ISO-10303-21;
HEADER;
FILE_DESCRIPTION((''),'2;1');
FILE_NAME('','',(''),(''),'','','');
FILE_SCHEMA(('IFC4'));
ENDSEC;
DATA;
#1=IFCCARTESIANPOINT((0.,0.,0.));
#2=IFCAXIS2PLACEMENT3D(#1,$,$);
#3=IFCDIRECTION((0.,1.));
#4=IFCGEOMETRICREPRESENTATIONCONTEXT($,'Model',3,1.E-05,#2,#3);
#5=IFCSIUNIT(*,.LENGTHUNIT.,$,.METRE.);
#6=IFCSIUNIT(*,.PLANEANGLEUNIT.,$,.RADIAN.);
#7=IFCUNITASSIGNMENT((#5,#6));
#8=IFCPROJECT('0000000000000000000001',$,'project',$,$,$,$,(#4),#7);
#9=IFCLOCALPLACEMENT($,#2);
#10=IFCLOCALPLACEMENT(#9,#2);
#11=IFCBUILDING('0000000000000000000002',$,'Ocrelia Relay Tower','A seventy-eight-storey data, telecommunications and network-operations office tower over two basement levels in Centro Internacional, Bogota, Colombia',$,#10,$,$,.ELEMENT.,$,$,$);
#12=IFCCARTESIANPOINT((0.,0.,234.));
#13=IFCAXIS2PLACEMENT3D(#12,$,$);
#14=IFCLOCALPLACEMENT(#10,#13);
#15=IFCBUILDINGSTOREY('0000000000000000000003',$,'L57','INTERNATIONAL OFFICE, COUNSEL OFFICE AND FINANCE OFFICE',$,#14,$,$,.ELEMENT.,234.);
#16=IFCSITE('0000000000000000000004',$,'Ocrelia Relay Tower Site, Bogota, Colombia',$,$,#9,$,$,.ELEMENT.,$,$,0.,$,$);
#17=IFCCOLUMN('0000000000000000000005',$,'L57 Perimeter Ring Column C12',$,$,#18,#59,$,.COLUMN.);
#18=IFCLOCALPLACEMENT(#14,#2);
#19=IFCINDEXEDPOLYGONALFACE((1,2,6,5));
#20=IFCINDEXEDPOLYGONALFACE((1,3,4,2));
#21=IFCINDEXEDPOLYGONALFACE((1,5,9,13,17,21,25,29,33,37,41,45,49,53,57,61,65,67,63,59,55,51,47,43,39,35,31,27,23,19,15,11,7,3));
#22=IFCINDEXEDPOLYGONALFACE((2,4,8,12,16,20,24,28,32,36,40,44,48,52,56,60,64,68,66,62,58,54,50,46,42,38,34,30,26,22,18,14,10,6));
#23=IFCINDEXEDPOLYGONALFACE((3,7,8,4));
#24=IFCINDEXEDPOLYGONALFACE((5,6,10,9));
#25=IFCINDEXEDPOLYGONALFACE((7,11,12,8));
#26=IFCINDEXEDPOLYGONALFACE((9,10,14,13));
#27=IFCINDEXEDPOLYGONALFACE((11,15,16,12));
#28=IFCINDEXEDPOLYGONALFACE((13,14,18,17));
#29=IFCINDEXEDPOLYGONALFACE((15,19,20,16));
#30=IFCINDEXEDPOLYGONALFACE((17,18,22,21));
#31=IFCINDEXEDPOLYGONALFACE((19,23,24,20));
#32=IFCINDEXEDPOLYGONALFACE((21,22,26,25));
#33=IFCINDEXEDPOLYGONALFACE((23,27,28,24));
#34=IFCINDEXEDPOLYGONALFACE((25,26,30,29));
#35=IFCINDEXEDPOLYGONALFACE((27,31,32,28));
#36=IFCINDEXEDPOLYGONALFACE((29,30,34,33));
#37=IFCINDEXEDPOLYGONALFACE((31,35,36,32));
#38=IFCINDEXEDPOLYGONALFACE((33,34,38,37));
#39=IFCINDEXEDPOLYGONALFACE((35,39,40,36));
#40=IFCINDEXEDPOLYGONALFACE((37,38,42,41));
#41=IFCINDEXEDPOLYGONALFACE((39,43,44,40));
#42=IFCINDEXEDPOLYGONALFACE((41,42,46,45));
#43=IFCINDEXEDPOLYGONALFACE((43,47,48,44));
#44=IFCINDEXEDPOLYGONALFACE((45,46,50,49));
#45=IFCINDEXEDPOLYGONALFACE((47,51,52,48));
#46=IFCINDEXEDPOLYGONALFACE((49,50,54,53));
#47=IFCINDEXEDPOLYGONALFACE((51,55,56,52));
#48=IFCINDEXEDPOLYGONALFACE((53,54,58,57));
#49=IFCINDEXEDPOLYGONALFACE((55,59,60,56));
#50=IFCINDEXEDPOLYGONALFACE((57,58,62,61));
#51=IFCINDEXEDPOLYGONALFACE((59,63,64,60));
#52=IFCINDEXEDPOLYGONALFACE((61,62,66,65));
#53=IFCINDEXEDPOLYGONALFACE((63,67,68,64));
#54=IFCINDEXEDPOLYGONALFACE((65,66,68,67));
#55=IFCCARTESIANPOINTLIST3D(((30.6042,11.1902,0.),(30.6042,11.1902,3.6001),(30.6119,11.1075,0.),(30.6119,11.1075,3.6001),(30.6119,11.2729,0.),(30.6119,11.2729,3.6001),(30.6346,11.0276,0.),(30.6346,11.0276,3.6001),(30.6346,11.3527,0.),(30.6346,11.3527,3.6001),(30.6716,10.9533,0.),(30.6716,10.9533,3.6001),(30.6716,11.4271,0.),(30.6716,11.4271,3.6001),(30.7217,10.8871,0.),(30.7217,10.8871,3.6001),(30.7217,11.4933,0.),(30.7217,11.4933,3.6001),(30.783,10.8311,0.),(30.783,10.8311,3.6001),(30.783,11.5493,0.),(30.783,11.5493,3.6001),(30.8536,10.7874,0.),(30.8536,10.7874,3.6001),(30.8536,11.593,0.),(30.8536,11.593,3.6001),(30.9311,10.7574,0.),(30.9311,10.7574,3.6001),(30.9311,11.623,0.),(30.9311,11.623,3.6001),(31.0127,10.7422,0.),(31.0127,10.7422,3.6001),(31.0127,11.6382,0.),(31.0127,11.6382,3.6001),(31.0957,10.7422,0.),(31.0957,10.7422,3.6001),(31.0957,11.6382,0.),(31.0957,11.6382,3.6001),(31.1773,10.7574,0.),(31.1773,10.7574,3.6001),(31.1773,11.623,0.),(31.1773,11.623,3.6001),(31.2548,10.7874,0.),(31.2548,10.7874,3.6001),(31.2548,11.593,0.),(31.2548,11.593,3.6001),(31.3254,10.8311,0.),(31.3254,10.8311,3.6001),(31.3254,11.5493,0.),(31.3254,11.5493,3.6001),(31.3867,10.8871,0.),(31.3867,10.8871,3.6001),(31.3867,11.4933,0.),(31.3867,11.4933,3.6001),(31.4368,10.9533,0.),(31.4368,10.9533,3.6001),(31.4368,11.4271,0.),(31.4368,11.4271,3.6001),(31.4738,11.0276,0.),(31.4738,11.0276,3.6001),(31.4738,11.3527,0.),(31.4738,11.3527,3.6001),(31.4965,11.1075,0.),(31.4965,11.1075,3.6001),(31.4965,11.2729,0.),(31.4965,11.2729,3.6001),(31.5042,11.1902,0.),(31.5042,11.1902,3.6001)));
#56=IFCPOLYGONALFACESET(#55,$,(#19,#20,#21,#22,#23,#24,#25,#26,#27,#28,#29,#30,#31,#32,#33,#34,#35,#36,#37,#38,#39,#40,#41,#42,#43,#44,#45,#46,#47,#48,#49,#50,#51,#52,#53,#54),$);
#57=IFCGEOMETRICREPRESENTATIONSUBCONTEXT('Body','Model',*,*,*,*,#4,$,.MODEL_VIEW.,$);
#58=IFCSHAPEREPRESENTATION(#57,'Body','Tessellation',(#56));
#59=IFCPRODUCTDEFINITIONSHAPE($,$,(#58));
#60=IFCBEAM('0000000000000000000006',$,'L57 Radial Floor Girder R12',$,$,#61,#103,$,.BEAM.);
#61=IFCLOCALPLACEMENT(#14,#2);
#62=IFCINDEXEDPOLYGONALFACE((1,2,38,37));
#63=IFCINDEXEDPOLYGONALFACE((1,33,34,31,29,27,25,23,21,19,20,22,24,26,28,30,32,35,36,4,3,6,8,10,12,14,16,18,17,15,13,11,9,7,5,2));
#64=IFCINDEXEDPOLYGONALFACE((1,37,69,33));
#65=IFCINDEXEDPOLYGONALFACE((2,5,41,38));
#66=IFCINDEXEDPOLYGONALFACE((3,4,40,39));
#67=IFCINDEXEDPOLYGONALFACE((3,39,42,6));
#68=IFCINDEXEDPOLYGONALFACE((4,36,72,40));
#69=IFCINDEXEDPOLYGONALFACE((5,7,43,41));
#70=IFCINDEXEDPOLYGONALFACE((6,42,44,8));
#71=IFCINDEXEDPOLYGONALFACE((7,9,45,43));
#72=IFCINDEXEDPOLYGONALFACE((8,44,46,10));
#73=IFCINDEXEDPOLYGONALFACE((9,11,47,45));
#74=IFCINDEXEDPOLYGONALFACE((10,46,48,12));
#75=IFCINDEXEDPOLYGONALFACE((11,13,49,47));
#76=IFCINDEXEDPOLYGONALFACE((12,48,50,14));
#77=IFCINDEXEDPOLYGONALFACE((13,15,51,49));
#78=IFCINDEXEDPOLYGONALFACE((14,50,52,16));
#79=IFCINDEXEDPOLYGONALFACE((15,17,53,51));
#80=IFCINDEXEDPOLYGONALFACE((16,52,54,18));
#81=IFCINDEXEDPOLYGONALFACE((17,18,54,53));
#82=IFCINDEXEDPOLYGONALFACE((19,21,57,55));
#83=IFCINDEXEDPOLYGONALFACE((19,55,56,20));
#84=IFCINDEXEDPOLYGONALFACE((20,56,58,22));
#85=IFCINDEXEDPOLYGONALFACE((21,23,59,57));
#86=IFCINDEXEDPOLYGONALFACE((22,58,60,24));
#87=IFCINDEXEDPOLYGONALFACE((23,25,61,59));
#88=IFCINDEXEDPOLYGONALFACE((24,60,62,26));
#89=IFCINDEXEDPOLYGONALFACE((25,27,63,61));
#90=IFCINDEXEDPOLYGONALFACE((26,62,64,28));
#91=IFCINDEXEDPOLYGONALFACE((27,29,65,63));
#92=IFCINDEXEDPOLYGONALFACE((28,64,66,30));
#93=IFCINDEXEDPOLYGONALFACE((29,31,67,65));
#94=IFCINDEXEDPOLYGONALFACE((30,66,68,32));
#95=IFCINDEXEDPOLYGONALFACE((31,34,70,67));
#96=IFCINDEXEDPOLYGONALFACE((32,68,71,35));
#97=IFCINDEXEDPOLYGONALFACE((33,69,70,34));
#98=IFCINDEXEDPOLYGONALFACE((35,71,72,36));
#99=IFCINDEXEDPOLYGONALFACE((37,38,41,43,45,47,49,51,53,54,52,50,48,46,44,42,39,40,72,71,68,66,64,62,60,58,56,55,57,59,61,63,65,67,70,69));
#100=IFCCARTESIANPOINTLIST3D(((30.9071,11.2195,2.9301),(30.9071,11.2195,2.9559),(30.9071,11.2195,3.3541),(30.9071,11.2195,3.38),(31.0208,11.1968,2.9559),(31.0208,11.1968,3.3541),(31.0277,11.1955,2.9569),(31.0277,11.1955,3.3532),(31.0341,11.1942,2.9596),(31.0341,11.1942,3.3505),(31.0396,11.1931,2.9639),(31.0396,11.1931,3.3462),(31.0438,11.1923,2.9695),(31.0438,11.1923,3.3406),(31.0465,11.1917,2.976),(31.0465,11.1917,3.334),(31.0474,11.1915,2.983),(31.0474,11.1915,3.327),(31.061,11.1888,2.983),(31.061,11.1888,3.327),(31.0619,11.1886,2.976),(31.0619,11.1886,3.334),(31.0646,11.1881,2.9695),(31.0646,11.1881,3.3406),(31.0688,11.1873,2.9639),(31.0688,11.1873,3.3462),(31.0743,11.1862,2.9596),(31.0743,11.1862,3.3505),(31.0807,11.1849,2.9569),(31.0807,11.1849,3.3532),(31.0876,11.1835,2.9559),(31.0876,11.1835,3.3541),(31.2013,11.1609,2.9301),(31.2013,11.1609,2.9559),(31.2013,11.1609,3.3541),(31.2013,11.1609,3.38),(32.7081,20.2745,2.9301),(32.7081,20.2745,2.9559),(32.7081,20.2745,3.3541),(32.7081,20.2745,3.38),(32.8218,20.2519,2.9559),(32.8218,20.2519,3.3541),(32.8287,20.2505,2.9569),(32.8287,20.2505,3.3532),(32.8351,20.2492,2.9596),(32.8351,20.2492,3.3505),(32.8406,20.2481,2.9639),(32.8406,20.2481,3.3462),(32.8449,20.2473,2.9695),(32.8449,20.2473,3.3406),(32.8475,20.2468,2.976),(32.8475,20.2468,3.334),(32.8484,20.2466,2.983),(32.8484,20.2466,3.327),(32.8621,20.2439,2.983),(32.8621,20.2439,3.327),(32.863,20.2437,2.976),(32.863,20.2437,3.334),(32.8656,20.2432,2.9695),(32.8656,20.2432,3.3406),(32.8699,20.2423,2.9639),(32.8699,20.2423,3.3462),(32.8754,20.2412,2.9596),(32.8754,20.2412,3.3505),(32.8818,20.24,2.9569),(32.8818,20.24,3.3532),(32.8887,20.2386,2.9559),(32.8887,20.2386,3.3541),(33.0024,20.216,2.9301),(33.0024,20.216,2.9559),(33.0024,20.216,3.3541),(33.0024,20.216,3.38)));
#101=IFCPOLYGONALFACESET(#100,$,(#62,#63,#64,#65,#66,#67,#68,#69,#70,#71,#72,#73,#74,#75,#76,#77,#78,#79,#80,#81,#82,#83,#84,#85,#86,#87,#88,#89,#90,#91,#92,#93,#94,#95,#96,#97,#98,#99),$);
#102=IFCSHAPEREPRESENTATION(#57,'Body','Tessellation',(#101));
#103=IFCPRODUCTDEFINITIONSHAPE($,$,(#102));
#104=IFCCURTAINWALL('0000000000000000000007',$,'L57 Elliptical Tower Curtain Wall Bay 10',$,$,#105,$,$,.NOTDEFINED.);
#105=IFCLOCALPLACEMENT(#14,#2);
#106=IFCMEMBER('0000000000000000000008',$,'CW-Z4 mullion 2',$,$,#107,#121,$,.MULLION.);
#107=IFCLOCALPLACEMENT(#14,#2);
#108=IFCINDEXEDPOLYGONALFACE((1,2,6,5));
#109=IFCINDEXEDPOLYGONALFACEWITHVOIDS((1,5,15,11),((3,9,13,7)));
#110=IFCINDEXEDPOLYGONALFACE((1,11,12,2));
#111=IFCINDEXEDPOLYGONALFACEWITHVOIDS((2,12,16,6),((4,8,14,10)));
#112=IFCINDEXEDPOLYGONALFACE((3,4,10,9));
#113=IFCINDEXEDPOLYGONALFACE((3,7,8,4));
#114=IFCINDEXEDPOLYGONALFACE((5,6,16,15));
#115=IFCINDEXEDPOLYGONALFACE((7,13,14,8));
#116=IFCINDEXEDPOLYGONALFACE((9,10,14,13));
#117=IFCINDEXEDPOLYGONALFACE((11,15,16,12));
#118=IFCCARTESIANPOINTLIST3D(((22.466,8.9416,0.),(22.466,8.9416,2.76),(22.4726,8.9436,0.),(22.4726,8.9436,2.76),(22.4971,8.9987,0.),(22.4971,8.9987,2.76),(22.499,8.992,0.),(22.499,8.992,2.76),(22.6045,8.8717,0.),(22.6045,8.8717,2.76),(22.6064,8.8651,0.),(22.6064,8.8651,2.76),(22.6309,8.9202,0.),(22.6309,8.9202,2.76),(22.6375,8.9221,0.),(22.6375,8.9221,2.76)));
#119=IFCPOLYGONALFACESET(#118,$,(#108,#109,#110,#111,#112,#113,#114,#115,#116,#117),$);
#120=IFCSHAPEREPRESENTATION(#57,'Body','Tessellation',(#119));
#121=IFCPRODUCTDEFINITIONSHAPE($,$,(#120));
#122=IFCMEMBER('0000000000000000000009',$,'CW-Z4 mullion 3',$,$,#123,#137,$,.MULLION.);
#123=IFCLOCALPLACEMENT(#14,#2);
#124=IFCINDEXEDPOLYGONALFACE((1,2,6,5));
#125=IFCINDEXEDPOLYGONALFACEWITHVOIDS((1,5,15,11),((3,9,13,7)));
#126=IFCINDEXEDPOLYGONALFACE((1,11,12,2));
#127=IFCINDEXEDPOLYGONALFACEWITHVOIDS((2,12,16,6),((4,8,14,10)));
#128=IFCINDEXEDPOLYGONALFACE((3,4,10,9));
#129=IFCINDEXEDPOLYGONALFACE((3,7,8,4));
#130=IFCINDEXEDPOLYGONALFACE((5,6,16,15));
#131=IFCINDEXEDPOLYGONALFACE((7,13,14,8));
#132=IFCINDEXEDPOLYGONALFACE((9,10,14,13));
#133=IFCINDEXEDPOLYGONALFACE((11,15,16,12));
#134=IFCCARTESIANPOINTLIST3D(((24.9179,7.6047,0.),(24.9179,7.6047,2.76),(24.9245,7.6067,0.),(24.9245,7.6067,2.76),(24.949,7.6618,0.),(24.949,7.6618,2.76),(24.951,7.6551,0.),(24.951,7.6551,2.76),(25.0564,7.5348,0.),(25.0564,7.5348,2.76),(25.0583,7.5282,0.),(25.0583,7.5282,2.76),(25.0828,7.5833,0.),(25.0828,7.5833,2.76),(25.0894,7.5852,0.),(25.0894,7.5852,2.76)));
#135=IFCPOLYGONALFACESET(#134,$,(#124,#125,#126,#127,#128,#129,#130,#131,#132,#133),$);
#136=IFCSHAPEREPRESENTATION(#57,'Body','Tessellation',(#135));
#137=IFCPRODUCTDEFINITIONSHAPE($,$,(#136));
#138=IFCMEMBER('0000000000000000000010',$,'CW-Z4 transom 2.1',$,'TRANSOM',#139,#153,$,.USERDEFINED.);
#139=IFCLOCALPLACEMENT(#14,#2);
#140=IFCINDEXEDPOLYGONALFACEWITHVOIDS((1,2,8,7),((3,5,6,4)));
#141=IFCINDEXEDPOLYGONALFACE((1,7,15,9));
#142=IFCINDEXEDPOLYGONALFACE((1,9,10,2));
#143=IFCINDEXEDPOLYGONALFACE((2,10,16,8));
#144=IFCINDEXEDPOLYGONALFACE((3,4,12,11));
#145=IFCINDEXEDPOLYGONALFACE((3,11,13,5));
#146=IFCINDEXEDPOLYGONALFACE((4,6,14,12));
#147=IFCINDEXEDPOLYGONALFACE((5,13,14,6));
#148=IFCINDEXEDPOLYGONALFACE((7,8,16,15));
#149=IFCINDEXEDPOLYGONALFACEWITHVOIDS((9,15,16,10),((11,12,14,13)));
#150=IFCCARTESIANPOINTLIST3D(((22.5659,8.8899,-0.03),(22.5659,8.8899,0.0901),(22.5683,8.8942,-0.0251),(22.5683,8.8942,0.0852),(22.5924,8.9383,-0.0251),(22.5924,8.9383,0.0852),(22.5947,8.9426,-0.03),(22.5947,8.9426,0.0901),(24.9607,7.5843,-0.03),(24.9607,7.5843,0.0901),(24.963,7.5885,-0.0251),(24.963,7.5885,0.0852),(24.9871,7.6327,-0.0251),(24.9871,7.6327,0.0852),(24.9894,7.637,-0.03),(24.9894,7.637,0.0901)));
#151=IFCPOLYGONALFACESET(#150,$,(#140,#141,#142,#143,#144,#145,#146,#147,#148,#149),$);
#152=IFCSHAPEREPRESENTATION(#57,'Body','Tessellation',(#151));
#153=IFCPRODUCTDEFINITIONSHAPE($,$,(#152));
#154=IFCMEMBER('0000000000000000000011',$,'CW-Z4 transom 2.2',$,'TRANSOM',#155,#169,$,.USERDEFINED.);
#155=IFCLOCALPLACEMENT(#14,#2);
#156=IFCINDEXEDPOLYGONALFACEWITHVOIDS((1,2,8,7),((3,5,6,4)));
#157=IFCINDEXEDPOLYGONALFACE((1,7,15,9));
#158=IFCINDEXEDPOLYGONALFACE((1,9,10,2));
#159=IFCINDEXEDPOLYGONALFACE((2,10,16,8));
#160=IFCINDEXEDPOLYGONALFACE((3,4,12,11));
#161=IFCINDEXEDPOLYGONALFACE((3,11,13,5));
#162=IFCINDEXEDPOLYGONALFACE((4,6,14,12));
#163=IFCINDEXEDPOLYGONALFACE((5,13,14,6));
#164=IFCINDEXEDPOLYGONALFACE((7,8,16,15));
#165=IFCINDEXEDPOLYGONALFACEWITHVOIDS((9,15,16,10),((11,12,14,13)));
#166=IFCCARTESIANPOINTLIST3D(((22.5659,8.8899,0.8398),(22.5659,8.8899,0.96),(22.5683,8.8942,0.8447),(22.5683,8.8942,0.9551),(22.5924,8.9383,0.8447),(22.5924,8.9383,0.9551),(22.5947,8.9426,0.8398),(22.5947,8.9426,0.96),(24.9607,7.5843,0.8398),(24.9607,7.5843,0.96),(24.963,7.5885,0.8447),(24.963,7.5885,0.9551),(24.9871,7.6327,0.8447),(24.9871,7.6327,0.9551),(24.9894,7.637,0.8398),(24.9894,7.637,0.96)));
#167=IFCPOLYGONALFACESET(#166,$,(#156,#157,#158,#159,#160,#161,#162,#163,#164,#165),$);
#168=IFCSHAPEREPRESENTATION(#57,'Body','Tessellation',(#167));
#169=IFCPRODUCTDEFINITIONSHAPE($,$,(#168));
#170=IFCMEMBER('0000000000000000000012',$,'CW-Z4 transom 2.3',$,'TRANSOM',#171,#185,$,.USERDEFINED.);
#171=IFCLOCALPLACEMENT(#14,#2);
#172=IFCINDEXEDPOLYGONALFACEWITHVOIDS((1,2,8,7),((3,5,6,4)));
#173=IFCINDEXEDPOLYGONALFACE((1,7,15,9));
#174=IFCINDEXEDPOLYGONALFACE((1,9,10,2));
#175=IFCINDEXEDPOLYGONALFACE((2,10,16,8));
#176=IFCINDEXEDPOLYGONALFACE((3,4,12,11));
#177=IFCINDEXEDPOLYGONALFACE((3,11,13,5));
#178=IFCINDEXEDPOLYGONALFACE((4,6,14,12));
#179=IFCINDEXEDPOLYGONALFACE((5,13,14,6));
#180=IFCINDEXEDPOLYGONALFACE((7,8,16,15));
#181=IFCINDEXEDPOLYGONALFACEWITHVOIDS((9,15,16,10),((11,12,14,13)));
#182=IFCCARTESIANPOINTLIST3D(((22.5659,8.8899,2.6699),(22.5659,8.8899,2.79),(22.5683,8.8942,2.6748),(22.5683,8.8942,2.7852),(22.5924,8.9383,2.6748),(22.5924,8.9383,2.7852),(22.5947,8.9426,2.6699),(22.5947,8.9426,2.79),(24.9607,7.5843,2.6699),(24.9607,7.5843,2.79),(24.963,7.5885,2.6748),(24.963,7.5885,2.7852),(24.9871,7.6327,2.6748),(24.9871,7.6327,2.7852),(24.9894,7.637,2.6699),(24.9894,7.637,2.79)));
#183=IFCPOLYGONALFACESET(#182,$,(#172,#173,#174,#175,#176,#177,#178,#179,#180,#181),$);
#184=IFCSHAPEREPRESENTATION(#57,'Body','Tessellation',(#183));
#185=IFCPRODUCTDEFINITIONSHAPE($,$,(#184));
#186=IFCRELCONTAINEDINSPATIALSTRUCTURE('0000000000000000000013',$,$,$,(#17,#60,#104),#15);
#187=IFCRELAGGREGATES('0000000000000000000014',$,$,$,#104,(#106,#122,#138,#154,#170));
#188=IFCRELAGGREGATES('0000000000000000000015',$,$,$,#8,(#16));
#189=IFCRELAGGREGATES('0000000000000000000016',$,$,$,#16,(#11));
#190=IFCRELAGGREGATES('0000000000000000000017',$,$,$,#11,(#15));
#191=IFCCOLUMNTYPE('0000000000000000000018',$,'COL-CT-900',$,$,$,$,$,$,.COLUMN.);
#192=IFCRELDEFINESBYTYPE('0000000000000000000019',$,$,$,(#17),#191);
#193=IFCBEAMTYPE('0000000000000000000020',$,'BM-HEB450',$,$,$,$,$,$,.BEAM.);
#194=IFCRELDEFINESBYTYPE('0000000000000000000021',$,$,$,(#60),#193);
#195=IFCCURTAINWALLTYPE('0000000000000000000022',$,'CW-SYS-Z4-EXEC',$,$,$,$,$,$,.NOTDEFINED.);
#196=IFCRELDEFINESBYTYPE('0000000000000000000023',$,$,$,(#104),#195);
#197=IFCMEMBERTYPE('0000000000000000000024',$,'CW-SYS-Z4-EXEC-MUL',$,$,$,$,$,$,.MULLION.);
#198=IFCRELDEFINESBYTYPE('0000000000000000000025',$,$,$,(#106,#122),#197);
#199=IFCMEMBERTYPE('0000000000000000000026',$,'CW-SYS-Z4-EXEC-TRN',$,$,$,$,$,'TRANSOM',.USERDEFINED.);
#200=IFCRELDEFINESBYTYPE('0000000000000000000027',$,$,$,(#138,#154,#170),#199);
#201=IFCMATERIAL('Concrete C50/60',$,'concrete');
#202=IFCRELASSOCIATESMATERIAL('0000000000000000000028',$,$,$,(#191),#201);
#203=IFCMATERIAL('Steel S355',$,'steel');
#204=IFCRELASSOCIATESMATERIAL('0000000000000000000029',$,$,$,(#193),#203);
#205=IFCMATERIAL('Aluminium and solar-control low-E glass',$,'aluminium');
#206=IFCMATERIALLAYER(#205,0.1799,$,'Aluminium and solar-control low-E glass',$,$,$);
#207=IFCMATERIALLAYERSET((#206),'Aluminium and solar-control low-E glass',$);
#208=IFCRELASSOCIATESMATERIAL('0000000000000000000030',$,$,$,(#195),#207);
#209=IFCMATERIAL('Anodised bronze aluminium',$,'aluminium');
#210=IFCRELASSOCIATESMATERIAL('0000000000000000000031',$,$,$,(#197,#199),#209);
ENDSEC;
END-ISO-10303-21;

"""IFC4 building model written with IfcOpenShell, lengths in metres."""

from ifc_helpers import new_model, si_unit, direction, frame, origin, origin_2d, place, context, subcontext, project, spatial, hollow_rectangle, circle, i_section, extrude, material, layer, layer_set, material_profile, profile_set, type_object, element, aggregate, save


model = new_model("IFC4")

# Units and contexts
model_context = context("Model", 3, precision=1e-05, world=origin(), true_north=direction((0.0, 1.0)))
body_context = subcontext(model_context, "Body", "Model", "MODEL_VIEW")
ifc_project = project(units=[si_unit("LENGTHUNIT", "METRE"), si_unit("PLANEANGLEUNIT", "RADIAN")], contexts=[model_context])

# Site, building, storey
site_placement = place(None, origin())
site = spatial("IfcSite", under=ifc_project, at=site_placement, Name="Ocrelia Relay Tower Site, Bogota, Colombia", CompositionType="ELEMENT", RefElevation=0.0)
building_placement = place(site_placement, origin())
building = spatial("IfcBuilding", under=site, at=building_placement, Name="Ocrelia Relay Tower", Description="A seventy-eight-storey data, telecommunications and network-operations office tower over two basement levels in Centro Internacional, Bogota, Colombia", CompositionType="ELEMENT")
storey_placement = place(building_placement, frame((0.0, 0.0, 234.0)))
storey = spatial("IfcBuildingStorey", under=building, at=storey_placement, Name="L57", Description="INTERNATIONAL OFFICE, COUNSEL OFFICE AND FINANCE OFFICE", CompositionType="ELEMENT", Elevation=234.0)

# Column
ifc_material_1 = material(Name="Concrete C50/60", Category="concrete")
ifc_material_profile_1 = material_profile(ifc_material_1, circle(Radius=0.45, at=origin_2d()), Name="RC-CIR-900")
ifc_profile_set_1 = profile_set([ifc_material_profile_1], Name="Concrete C50/60")
column_type = type_object("IfcColumnType", Name="COL-CT-900", PredefinedType="COLUMN", material=ifc_profile_set_1)
column_placement = place(storey_placement, frame((31.0542, 11.1902, 0.0), z_axis=(0.0, 0.0, 1.0), x_axis=(1.0, 0.0, 0.0)))
element("IfcColumn", 1, at=column_placement, inside=storey, type_object=column_type, Name="L57 Perimeter Ring Column C12", PredefinedType="COLUMN", context=body_context, shape_type="SweptSolid", body=[
    extrude(circle(Radius=0.45, at=origin_2d()), origin(), (0.0, 0.0, 1.0), 3.6001),
])

# Beam
ifc_material_2 = material(Name="Steel S355", Category="steel")
ifc_material_profile_2 = material_profile(ifc_material_2, i_section(OverallWidth=0.3, OverallDepth=0.45, WebThickness=0.0139, FlangeThickness=0.0259, FilletRadius=0.0271, at=origin_2d()), Name="HEB 450")
ifc_profile_set_2 = profile_set([ifc_material_profile_2], Name="Steel S355")
beam_type = type_object("IfcBeamType", Name="BM-HEB450", PredefinedType="BEAM", material=ifc_profile_set_2)
beam_placement = place(storey_placement, frame((31.0542, 11.1902, 3.155), z_axis=(0.195079, 0.980788, 0.0), x_axis=(-0.980788, 0.195079, 0.0)))
element("IfcBeam", 2, at=beam_placement, inside=storey, type_object=beam_type, Name="L57 Radial Floor Girder R12", PredefinedType="BEAM", context=body_context, shape_type="SweptSolid", body=[
    extrude(i_section(OverallWidth=0.3, OverallDepth=0.45, WebThickness=0.0139, FlangeThickness=0.0259, FilletRadius=0.0271, at=origin_2d()), origin(), (0.0, 0.0, 1.0), 9.2324),
])

# Curtain wall, members
ifc_material_3 = material(Name="Aluminium and solar-control low-E glass", Category="aluminium")
ifc_layer_1 = layer(ifc_material_3, 0.1799, Name="Aluminium and solar-control low-E glass")
ifc_layer_set_1 = layer_set([ifc_layer_1], Name="Aluminium and solar-control low-E glass")
curtain_wall_type = type_object("IfcCurtainWallType", Name="CW-SYS-Z4-EXEC", PredefinedType="NOTDEFINED", material=ifc_layer_set_1)
curtain_wall_placement = place(storey_placement, origin())
curtain_wall = element("IfcCurtainWall", 3, at=curtain_wall_placement, inside=storey, type_object=curtain_wall_type, Name="L57 Elliptical Tower Curtain Wall Bay 10", PredefinedType="NOTDEFINED")
ifc_material_4 = material(Name="Anodised bronze aluminium", Category="aluminium")
ifc_material_profile_3 = material_profile(ifc_material_4, hollow_rectangle(XDim=0.0649, YDim=0.1599, WallThickness=0.0049, at=origin_2d()), Name="CW-MUL-160x65")
ifc_profile_set_3 = profile_set([ifc_material_profile_3], Name="Anodised bronze aluminium")
member_type_1 = type_object("IfcMemberType", Name="CW-SYS-Z4-EXEC-MUL", PredefinedType="MULLION", material=ifc_profile_set_3)
member_1_placement = place(storey_placement, frame((22.5518, 8.9319, 0.0), z_axis=(0.0, 0.0, 1.0), x_axis=(0.478669, 0.877996, 0.0)))
member_1 = element("IfcMember", 4, at=member_1_placement, type_object=member_type_1, Name="CW-Z4 mullion 2", PredefinedType="MULLION", context=body_context, shape_type="SweptSolid", body=[
    extrude(hollow_rectangle(XDim=0.0649, YDim=0.1599, WallThickness=0.0049, at=origin_2d()), origin(), (0.0, 0.0, 1.0), 2.76),
])
member_2_placement = place(storey_placement, frame((25.0037, 7.595, 0.0), z_axis=(0.0, 0.0, 1.0), x_axis=(0.478669, 0.877996, 0.0)))
member_2 = element("IfcMember", 5, at=member_2_placement, type_object=member_type_1, Name="CW-Z4 mullion 3", PredefinedType="MULLION", context=body_context, shape_type="SweptSolid", body=[
    extrude(hollow_rectangle(XDim=0.0649, YDim=0.1599, WallThickness=0.0049, at=origin_2d()), origin(), (0.0, 0.0, 1.0), 2.76),
])
ifc_material_profile_4 = material_profile(ifc_material_4, hollow_rectangle(XDim=0.0601, YDim=0.1201, WallThickness=0.0049, at=origin_2d()), Name="CW-TRN-120x60")
ifc_profile_set_4 = profile_set([ifc_material_profile_4], Name="Anodised bronze aluminium")
member_type_2 = type_object("IfcMemberType", Name="CW-SYS-Z4-EXEC-TRN", ElementType="TRANSOM", PredefinedType="USERDEFINED", material=ifc_profile_set_4)
member_3_placement = place(storey_placement, frame((22.5803, 8.9163, 0.03), z_axis=(0.877984, -0.478689, 0.0), x_axis=(0.478689, 0.877984, 0.0)))
member_3 = element("IfcMember", 6, at=member_3_placement, type_object=member_type_2, Name="CW-Z4 transom 2.1", ObjectType="TRANSOM", PredefinedType="USERDEFINED", context=body_context, shape_type="SweptSolid", body=[
    extrude(hollow_rectangle(XDim=0.0601, YDim=0.1201, WallThickness=0.0049, at=origin_2d()), origin(), (0.0, 0.0, 1.0), 2.7275),
])
member_4_placement = place(storey_placement, frame((22.5803, 8.9163, 0.8999), z_axis=(0.877984, -0.478689, 0.0), x_axis=(0.478689, 0.877984, 0.0)))
member_4 = element("IfcMember", 7, at=member_4_placement, type_object=member_type_2, Name="CW-Z4 transom 2.2", ObjectType="TRANSOM", PredefinedType="USERDEFINED", context=body_context, shape_type="SweptSolid", body=[
    extrude(hollow_rectangle(XDim=0.0601, YDim=0.1201, WallThickness=0.0049, at=origin_2d()), origin(), (0.0, 0.0, 1.0), 2.7275),
])
member_5_placement = place(storey_placement, frame((22.5803, 8.9163, 2.73), z_axis=(0.877984, -0.478689, 0.0), x_axis=(0.478689, 0.877984, 0.0)))
member_5 = element("IfcMember", 8, at=member_5_placement, type_object=member_type_2, Name="CW-Z4 transom 2.3", ObjectType="TRANSOM", PredefinedType="USERDEFINED", context=body_context, shape_type="SweptSolid", body=[
    extrude(hollow_rectangle(XDim=0.0601, YDim=0.1201, WallThickness=0.0049, at=origin_2d()), origin(), (0.0, 0.0, 1.0), 2.7275),
])
aggregate(curtain_wall, [member_1, member_2, member_3, member_4, member_5])

save(model, "model.ifc")
